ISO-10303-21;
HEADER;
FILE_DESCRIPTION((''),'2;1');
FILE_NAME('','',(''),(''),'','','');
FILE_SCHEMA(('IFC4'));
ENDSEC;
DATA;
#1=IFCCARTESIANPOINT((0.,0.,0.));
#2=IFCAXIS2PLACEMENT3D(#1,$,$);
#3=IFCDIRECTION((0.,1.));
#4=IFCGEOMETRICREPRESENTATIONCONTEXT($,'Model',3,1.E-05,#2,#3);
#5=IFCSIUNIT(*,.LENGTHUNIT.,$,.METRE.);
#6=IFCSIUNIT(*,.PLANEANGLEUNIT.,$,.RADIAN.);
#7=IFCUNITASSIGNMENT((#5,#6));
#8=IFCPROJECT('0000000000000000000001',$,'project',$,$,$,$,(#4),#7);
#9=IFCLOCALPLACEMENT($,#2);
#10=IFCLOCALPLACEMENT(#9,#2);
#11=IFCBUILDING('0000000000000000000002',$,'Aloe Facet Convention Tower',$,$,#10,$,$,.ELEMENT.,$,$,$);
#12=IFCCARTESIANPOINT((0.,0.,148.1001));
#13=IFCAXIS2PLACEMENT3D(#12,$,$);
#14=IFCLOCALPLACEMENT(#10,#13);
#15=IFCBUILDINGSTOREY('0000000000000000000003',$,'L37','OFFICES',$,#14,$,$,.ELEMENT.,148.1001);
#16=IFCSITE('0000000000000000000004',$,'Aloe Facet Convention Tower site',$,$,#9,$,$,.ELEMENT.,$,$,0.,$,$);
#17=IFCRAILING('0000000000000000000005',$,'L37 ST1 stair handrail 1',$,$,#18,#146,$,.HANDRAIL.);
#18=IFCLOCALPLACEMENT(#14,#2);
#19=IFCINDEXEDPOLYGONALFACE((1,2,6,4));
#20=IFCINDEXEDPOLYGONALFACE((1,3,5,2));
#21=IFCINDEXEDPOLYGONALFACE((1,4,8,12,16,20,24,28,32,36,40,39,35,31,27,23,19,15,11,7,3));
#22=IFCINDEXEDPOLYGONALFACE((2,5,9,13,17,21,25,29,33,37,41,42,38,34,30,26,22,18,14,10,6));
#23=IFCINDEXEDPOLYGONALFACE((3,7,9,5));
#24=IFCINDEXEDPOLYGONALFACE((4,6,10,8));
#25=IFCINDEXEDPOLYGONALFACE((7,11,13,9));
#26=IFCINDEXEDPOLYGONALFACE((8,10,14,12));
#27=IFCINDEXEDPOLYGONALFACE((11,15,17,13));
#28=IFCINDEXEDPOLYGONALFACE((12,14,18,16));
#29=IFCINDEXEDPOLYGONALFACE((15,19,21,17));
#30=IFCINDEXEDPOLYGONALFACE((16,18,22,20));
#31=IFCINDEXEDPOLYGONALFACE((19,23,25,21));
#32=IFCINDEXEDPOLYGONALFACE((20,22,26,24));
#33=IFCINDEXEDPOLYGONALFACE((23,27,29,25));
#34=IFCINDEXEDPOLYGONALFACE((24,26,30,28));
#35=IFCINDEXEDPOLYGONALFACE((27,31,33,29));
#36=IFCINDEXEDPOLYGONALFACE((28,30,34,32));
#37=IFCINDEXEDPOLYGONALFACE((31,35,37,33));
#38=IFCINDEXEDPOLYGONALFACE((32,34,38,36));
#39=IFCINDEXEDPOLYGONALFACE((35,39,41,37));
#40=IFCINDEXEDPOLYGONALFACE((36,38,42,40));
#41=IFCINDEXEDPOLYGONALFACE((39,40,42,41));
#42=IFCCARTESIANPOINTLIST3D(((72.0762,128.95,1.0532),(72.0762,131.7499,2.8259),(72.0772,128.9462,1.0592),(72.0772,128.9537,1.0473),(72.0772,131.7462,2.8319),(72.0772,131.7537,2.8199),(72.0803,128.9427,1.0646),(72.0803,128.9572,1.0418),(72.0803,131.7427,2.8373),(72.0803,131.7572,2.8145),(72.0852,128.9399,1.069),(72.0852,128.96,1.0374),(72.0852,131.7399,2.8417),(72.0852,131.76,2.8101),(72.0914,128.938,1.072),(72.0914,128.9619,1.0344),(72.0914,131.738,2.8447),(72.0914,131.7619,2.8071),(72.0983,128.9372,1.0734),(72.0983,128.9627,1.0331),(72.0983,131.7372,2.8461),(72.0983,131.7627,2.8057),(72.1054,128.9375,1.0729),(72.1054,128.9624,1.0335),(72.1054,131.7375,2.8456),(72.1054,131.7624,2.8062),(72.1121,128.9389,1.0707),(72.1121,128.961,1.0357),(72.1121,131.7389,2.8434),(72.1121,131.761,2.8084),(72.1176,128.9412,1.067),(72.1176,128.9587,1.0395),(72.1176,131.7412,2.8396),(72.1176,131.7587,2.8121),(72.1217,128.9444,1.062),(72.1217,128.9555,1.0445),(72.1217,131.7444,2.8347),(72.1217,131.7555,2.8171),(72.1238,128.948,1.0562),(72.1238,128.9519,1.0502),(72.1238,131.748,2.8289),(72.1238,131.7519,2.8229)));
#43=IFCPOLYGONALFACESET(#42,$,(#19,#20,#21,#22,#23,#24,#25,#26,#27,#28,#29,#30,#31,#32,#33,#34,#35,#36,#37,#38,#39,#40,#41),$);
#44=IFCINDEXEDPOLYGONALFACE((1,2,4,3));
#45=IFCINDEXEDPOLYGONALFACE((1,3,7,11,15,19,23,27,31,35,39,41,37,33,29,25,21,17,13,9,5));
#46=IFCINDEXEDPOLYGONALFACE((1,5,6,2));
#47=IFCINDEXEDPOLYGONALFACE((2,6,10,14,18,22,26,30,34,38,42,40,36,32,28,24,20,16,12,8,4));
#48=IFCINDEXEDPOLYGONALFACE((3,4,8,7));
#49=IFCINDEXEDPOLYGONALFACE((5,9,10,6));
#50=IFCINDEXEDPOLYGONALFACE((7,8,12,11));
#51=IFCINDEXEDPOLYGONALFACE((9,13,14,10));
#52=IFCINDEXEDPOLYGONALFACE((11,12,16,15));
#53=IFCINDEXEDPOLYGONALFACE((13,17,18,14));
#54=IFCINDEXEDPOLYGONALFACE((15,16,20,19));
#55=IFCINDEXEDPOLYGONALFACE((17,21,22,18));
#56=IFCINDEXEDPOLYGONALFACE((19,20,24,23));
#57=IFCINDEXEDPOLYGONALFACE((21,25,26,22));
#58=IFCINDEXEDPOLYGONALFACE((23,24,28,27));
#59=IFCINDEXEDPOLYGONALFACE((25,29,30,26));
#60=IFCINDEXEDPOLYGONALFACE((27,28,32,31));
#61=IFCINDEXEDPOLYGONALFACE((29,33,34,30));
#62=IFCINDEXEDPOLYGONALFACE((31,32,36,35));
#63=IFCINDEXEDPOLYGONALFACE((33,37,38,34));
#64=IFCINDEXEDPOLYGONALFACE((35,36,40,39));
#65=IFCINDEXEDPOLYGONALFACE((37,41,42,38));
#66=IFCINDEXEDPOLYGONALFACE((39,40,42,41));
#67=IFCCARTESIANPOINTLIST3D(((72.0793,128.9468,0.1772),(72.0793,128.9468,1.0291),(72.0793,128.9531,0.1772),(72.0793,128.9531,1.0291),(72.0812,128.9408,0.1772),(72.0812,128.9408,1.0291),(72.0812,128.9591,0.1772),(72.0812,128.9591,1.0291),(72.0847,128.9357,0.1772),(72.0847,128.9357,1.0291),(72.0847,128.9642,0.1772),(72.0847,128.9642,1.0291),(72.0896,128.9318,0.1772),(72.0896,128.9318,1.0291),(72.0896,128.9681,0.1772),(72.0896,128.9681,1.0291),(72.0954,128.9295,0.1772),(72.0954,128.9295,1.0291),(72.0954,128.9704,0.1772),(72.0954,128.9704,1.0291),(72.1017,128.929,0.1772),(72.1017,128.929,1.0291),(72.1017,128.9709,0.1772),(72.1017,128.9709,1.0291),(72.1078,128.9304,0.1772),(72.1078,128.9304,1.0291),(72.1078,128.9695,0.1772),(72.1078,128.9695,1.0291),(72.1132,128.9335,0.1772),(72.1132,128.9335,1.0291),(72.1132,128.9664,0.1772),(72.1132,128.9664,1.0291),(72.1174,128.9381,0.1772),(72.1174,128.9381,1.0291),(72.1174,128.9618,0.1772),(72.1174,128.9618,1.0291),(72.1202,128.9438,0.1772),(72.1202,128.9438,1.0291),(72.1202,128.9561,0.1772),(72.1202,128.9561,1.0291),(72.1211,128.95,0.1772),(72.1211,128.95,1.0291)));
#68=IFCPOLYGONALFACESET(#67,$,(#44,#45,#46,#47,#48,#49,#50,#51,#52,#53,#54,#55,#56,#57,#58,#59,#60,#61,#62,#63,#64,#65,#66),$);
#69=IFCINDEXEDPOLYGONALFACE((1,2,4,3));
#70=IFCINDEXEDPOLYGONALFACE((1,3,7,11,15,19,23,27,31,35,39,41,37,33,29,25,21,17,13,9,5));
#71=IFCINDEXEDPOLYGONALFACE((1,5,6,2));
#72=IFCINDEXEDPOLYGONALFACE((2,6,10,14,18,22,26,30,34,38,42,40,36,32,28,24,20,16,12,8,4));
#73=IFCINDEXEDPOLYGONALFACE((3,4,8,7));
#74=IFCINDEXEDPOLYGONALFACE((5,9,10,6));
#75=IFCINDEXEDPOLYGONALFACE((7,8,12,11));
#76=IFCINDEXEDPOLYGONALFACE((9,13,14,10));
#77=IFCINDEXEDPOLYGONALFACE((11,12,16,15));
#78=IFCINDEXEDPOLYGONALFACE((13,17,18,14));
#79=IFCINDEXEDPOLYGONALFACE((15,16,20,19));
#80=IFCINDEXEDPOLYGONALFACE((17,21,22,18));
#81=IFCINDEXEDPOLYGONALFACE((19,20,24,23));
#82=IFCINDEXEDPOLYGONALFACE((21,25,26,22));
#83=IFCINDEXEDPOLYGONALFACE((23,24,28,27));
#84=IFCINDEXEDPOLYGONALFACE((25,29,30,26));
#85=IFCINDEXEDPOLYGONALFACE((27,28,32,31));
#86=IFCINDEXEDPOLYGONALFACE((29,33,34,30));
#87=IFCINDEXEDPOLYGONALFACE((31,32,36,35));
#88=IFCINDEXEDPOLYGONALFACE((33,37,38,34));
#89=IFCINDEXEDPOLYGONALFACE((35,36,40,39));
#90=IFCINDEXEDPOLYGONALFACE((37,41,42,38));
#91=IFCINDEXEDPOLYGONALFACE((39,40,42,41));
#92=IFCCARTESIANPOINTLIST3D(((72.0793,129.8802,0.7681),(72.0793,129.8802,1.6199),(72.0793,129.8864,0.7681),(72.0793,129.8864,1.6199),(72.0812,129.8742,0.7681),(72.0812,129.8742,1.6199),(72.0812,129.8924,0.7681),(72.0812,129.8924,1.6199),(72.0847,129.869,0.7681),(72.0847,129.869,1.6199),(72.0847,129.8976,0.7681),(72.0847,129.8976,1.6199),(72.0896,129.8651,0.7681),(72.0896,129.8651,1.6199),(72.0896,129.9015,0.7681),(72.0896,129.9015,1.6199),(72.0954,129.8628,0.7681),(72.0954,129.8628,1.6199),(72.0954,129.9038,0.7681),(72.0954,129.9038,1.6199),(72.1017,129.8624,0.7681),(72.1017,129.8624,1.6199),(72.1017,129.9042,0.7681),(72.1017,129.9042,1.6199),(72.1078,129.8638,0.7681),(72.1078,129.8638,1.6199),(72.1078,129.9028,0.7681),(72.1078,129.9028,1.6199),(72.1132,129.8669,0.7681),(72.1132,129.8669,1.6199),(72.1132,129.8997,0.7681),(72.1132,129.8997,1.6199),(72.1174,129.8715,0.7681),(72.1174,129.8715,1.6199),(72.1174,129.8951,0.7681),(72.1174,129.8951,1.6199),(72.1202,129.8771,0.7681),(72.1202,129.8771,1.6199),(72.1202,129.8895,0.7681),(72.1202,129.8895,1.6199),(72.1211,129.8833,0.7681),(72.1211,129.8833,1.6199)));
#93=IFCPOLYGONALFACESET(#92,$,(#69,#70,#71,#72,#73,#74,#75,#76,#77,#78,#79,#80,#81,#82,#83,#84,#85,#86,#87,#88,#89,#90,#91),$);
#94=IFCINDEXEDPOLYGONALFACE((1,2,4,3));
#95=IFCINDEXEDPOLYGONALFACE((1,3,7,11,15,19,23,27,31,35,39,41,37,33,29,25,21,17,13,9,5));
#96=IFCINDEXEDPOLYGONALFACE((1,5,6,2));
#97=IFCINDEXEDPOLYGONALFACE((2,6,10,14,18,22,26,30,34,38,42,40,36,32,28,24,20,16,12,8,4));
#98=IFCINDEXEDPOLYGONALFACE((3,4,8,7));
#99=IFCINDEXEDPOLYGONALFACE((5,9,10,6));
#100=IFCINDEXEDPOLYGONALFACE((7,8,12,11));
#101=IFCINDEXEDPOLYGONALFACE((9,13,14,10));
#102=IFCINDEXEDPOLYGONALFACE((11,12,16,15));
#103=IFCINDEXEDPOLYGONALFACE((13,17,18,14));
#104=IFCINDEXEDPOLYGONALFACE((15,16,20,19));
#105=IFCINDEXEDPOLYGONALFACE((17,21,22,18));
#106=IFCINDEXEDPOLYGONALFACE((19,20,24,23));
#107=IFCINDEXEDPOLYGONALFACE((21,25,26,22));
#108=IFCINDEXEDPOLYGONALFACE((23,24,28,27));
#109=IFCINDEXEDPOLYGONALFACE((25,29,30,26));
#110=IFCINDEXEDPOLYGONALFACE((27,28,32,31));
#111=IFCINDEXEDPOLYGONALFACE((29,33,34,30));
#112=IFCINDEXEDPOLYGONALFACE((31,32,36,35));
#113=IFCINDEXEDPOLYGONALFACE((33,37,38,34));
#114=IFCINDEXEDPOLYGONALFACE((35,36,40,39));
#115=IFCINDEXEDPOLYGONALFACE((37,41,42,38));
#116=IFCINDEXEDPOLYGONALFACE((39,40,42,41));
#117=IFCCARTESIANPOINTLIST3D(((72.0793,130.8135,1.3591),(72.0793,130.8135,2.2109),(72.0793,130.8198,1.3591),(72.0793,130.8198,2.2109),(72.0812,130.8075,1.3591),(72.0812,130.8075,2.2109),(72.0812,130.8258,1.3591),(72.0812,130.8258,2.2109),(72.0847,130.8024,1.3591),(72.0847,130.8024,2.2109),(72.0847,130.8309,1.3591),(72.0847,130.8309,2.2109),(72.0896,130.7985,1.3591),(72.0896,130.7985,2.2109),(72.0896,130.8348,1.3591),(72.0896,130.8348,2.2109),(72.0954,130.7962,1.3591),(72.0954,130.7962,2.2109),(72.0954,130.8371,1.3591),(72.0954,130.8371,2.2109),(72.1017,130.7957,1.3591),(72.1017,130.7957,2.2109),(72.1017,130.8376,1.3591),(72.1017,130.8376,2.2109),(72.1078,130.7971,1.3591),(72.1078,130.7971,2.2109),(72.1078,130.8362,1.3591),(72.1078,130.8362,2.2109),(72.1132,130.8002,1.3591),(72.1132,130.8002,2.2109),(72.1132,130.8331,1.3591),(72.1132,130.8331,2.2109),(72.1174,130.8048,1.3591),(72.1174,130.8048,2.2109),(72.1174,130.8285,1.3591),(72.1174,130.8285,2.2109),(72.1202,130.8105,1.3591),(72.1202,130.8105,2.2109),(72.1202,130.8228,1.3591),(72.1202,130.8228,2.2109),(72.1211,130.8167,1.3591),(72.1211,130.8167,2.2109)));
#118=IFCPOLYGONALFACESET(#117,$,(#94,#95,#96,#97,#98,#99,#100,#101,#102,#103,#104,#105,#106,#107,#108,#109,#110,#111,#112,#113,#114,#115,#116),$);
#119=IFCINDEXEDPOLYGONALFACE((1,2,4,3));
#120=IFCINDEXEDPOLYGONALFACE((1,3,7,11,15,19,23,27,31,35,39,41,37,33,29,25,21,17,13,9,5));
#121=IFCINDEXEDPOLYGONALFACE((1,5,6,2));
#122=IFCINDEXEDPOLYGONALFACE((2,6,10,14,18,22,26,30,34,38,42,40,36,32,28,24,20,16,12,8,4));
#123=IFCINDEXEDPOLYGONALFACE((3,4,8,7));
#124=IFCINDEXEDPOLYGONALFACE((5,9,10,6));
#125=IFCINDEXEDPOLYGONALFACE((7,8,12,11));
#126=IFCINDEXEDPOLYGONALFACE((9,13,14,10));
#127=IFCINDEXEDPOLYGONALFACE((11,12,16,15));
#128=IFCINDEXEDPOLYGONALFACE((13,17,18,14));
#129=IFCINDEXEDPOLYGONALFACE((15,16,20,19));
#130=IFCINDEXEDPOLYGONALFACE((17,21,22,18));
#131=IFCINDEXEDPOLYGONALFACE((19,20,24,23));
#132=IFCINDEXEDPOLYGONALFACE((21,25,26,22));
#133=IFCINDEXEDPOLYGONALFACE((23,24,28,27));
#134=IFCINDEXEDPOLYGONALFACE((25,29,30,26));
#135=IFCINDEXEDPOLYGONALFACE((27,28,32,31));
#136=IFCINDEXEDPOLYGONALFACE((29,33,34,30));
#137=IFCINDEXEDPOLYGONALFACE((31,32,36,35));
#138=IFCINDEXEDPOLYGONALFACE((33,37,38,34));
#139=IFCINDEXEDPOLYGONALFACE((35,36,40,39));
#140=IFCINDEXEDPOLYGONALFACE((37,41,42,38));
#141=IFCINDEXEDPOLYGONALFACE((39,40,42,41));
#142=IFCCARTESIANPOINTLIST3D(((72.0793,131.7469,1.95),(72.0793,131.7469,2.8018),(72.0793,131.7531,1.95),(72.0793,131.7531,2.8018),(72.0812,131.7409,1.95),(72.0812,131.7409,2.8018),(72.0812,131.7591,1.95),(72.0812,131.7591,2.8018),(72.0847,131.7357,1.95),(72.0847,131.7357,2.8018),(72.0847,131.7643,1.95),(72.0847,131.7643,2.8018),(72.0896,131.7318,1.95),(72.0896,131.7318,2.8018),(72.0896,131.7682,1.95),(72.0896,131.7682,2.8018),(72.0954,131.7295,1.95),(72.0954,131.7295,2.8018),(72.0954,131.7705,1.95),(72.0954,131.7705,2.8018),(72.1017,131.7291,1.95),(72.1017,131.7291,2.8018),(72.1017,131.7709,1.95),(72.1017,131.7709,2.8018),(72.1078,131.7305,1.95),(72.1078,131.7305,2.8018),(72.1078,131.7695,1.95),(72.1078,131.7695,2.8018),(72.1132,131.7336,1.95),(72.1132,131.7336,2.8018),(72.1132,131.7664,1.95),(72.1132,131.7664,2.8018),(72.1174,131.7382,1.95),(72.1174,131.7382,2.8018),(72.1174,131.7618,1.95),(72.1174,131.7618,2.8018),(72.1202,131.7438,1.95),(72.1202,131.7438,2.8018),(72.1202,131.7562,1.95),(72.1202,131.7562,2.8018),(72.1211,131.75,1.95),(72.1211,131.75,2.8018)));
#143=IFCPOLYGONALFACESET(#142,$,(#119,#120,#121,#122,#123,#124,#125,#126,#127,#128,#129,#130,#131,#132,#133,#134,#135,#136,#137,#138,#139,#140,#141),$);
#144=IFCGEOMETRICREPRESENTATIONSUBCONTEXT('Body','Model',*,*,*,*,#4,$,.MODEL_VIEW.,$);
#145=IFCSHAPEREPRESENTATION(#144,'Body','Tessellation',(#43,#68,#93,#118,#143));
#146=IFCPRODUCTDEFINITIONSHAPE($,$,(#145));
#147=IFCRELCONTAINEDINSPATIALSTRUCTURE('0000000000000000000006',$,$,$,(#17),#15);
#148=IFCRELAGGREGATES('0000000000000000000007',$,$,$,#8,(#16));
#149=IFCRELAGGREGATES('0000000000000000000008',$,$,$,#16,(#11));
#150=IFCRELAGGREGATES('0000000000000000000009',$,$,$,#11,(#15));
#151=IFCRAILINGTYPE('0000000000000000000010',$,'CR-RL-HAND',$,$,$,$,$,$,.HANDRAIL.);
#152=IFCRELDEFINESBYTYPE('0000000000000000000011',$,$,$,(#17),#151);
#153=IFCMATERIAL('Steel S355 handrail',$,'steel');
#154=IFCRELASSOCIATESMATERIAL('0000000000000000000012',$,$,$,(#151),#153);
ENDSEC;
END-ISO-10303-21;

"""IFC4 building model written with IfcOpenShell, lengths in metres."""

from ifc_helpers import new_model, si_unit, direction, frame, origin, origin_2d, place, context, subcontext, project, spatial, circle, extrude, material, type_object, element, save


model = new_model("IFC4")

# Units and contexts
model_context = context("Model", 3, precision=1e-05, world=origin(), true_north=direction((0.0, 1.0)))
body_context = subcontext(model_context, "Body", "Model", "MODEL_VIEW")
ifc_project = project(units=[si_unit("LENGTHUNIT", "METRE"), si_unit("PLANEANGLEUNIT", "RADIAN")], contexts=[model_context])

# Site, building, storey
site_placement = place(None, origin())
site = spatial("IfcSite", under=ifc_project, at=site_placement, Name="Aloe Facet Convention Tower site", CompositionType="ELEMENT", RefElevation=0.0)
building_placement = place(site_placement, origin())
building = spatial("IfcBuilding", under=site, at=building_placement, Name="Aloe Facet Convention Tower", CompositionType="ELEMENT")
storey_placement = place(building_placement, frame((0.0, 0.0, 148.1001)))
storey = spatial("IfcBuildingStorey", under=building, at=storey_placement, Name="L37", Description="OFFICES", CompositionType="ELEMENT", Elevation=148.1001)

# Railing
ifc_material_1 = material(Name="Steel S355 handrail", Category="steel")
railing_type_1 = type_object("IfcRailingType", Name="CR-RL-HAND", PredefinedType="HANDRAIL", material=ifc_material_1)
railing_1_placement = place(storey_placement, frame((72.1001, 128.95, 0.1772)))
element("IfcRailing", 1, at=railing_1_placement, inside=storey, type_object=railing_type_1, Name="L37 ST1 stair handrail 1", PredefinedType="HANDRAIL", context=body_context, shape_type="SweptSolid", body=[
    extrude(circle(Radius=0.0239, at=origin_2d()), frame((0.0, 0.0, 0.876), z_axis=(0.0, 0.844909, 0.53491), x_axis=(-1.0, 0.0, 0.0)), (0.0, 0.0, 1.0), 3.314),
    extrude(circle(Radius=0.021, at=origin_2d()), origin(), (0.0, 0.0, 1.0), 0.8518),
    extrude(circle(Radius=0.021, at=origin_2d()), frame((0.0, 0.9333, 0.5908)), (0.0, 0.0, 1.0), 0.8518),
    extrude(circle(Radius=0.021, at=origin_2d()), frame((0.0, 1.8667, 1.1819)), (0.0, 0.0, 1.0), 0.8518),
    extrude(circle(Radius=0.021, at=origin_2d()), frame((0.0, 2.8, 1.7727)), (0.0, 0.0, 1.0), 0.8518),
])

save(model, "model.ifc")
